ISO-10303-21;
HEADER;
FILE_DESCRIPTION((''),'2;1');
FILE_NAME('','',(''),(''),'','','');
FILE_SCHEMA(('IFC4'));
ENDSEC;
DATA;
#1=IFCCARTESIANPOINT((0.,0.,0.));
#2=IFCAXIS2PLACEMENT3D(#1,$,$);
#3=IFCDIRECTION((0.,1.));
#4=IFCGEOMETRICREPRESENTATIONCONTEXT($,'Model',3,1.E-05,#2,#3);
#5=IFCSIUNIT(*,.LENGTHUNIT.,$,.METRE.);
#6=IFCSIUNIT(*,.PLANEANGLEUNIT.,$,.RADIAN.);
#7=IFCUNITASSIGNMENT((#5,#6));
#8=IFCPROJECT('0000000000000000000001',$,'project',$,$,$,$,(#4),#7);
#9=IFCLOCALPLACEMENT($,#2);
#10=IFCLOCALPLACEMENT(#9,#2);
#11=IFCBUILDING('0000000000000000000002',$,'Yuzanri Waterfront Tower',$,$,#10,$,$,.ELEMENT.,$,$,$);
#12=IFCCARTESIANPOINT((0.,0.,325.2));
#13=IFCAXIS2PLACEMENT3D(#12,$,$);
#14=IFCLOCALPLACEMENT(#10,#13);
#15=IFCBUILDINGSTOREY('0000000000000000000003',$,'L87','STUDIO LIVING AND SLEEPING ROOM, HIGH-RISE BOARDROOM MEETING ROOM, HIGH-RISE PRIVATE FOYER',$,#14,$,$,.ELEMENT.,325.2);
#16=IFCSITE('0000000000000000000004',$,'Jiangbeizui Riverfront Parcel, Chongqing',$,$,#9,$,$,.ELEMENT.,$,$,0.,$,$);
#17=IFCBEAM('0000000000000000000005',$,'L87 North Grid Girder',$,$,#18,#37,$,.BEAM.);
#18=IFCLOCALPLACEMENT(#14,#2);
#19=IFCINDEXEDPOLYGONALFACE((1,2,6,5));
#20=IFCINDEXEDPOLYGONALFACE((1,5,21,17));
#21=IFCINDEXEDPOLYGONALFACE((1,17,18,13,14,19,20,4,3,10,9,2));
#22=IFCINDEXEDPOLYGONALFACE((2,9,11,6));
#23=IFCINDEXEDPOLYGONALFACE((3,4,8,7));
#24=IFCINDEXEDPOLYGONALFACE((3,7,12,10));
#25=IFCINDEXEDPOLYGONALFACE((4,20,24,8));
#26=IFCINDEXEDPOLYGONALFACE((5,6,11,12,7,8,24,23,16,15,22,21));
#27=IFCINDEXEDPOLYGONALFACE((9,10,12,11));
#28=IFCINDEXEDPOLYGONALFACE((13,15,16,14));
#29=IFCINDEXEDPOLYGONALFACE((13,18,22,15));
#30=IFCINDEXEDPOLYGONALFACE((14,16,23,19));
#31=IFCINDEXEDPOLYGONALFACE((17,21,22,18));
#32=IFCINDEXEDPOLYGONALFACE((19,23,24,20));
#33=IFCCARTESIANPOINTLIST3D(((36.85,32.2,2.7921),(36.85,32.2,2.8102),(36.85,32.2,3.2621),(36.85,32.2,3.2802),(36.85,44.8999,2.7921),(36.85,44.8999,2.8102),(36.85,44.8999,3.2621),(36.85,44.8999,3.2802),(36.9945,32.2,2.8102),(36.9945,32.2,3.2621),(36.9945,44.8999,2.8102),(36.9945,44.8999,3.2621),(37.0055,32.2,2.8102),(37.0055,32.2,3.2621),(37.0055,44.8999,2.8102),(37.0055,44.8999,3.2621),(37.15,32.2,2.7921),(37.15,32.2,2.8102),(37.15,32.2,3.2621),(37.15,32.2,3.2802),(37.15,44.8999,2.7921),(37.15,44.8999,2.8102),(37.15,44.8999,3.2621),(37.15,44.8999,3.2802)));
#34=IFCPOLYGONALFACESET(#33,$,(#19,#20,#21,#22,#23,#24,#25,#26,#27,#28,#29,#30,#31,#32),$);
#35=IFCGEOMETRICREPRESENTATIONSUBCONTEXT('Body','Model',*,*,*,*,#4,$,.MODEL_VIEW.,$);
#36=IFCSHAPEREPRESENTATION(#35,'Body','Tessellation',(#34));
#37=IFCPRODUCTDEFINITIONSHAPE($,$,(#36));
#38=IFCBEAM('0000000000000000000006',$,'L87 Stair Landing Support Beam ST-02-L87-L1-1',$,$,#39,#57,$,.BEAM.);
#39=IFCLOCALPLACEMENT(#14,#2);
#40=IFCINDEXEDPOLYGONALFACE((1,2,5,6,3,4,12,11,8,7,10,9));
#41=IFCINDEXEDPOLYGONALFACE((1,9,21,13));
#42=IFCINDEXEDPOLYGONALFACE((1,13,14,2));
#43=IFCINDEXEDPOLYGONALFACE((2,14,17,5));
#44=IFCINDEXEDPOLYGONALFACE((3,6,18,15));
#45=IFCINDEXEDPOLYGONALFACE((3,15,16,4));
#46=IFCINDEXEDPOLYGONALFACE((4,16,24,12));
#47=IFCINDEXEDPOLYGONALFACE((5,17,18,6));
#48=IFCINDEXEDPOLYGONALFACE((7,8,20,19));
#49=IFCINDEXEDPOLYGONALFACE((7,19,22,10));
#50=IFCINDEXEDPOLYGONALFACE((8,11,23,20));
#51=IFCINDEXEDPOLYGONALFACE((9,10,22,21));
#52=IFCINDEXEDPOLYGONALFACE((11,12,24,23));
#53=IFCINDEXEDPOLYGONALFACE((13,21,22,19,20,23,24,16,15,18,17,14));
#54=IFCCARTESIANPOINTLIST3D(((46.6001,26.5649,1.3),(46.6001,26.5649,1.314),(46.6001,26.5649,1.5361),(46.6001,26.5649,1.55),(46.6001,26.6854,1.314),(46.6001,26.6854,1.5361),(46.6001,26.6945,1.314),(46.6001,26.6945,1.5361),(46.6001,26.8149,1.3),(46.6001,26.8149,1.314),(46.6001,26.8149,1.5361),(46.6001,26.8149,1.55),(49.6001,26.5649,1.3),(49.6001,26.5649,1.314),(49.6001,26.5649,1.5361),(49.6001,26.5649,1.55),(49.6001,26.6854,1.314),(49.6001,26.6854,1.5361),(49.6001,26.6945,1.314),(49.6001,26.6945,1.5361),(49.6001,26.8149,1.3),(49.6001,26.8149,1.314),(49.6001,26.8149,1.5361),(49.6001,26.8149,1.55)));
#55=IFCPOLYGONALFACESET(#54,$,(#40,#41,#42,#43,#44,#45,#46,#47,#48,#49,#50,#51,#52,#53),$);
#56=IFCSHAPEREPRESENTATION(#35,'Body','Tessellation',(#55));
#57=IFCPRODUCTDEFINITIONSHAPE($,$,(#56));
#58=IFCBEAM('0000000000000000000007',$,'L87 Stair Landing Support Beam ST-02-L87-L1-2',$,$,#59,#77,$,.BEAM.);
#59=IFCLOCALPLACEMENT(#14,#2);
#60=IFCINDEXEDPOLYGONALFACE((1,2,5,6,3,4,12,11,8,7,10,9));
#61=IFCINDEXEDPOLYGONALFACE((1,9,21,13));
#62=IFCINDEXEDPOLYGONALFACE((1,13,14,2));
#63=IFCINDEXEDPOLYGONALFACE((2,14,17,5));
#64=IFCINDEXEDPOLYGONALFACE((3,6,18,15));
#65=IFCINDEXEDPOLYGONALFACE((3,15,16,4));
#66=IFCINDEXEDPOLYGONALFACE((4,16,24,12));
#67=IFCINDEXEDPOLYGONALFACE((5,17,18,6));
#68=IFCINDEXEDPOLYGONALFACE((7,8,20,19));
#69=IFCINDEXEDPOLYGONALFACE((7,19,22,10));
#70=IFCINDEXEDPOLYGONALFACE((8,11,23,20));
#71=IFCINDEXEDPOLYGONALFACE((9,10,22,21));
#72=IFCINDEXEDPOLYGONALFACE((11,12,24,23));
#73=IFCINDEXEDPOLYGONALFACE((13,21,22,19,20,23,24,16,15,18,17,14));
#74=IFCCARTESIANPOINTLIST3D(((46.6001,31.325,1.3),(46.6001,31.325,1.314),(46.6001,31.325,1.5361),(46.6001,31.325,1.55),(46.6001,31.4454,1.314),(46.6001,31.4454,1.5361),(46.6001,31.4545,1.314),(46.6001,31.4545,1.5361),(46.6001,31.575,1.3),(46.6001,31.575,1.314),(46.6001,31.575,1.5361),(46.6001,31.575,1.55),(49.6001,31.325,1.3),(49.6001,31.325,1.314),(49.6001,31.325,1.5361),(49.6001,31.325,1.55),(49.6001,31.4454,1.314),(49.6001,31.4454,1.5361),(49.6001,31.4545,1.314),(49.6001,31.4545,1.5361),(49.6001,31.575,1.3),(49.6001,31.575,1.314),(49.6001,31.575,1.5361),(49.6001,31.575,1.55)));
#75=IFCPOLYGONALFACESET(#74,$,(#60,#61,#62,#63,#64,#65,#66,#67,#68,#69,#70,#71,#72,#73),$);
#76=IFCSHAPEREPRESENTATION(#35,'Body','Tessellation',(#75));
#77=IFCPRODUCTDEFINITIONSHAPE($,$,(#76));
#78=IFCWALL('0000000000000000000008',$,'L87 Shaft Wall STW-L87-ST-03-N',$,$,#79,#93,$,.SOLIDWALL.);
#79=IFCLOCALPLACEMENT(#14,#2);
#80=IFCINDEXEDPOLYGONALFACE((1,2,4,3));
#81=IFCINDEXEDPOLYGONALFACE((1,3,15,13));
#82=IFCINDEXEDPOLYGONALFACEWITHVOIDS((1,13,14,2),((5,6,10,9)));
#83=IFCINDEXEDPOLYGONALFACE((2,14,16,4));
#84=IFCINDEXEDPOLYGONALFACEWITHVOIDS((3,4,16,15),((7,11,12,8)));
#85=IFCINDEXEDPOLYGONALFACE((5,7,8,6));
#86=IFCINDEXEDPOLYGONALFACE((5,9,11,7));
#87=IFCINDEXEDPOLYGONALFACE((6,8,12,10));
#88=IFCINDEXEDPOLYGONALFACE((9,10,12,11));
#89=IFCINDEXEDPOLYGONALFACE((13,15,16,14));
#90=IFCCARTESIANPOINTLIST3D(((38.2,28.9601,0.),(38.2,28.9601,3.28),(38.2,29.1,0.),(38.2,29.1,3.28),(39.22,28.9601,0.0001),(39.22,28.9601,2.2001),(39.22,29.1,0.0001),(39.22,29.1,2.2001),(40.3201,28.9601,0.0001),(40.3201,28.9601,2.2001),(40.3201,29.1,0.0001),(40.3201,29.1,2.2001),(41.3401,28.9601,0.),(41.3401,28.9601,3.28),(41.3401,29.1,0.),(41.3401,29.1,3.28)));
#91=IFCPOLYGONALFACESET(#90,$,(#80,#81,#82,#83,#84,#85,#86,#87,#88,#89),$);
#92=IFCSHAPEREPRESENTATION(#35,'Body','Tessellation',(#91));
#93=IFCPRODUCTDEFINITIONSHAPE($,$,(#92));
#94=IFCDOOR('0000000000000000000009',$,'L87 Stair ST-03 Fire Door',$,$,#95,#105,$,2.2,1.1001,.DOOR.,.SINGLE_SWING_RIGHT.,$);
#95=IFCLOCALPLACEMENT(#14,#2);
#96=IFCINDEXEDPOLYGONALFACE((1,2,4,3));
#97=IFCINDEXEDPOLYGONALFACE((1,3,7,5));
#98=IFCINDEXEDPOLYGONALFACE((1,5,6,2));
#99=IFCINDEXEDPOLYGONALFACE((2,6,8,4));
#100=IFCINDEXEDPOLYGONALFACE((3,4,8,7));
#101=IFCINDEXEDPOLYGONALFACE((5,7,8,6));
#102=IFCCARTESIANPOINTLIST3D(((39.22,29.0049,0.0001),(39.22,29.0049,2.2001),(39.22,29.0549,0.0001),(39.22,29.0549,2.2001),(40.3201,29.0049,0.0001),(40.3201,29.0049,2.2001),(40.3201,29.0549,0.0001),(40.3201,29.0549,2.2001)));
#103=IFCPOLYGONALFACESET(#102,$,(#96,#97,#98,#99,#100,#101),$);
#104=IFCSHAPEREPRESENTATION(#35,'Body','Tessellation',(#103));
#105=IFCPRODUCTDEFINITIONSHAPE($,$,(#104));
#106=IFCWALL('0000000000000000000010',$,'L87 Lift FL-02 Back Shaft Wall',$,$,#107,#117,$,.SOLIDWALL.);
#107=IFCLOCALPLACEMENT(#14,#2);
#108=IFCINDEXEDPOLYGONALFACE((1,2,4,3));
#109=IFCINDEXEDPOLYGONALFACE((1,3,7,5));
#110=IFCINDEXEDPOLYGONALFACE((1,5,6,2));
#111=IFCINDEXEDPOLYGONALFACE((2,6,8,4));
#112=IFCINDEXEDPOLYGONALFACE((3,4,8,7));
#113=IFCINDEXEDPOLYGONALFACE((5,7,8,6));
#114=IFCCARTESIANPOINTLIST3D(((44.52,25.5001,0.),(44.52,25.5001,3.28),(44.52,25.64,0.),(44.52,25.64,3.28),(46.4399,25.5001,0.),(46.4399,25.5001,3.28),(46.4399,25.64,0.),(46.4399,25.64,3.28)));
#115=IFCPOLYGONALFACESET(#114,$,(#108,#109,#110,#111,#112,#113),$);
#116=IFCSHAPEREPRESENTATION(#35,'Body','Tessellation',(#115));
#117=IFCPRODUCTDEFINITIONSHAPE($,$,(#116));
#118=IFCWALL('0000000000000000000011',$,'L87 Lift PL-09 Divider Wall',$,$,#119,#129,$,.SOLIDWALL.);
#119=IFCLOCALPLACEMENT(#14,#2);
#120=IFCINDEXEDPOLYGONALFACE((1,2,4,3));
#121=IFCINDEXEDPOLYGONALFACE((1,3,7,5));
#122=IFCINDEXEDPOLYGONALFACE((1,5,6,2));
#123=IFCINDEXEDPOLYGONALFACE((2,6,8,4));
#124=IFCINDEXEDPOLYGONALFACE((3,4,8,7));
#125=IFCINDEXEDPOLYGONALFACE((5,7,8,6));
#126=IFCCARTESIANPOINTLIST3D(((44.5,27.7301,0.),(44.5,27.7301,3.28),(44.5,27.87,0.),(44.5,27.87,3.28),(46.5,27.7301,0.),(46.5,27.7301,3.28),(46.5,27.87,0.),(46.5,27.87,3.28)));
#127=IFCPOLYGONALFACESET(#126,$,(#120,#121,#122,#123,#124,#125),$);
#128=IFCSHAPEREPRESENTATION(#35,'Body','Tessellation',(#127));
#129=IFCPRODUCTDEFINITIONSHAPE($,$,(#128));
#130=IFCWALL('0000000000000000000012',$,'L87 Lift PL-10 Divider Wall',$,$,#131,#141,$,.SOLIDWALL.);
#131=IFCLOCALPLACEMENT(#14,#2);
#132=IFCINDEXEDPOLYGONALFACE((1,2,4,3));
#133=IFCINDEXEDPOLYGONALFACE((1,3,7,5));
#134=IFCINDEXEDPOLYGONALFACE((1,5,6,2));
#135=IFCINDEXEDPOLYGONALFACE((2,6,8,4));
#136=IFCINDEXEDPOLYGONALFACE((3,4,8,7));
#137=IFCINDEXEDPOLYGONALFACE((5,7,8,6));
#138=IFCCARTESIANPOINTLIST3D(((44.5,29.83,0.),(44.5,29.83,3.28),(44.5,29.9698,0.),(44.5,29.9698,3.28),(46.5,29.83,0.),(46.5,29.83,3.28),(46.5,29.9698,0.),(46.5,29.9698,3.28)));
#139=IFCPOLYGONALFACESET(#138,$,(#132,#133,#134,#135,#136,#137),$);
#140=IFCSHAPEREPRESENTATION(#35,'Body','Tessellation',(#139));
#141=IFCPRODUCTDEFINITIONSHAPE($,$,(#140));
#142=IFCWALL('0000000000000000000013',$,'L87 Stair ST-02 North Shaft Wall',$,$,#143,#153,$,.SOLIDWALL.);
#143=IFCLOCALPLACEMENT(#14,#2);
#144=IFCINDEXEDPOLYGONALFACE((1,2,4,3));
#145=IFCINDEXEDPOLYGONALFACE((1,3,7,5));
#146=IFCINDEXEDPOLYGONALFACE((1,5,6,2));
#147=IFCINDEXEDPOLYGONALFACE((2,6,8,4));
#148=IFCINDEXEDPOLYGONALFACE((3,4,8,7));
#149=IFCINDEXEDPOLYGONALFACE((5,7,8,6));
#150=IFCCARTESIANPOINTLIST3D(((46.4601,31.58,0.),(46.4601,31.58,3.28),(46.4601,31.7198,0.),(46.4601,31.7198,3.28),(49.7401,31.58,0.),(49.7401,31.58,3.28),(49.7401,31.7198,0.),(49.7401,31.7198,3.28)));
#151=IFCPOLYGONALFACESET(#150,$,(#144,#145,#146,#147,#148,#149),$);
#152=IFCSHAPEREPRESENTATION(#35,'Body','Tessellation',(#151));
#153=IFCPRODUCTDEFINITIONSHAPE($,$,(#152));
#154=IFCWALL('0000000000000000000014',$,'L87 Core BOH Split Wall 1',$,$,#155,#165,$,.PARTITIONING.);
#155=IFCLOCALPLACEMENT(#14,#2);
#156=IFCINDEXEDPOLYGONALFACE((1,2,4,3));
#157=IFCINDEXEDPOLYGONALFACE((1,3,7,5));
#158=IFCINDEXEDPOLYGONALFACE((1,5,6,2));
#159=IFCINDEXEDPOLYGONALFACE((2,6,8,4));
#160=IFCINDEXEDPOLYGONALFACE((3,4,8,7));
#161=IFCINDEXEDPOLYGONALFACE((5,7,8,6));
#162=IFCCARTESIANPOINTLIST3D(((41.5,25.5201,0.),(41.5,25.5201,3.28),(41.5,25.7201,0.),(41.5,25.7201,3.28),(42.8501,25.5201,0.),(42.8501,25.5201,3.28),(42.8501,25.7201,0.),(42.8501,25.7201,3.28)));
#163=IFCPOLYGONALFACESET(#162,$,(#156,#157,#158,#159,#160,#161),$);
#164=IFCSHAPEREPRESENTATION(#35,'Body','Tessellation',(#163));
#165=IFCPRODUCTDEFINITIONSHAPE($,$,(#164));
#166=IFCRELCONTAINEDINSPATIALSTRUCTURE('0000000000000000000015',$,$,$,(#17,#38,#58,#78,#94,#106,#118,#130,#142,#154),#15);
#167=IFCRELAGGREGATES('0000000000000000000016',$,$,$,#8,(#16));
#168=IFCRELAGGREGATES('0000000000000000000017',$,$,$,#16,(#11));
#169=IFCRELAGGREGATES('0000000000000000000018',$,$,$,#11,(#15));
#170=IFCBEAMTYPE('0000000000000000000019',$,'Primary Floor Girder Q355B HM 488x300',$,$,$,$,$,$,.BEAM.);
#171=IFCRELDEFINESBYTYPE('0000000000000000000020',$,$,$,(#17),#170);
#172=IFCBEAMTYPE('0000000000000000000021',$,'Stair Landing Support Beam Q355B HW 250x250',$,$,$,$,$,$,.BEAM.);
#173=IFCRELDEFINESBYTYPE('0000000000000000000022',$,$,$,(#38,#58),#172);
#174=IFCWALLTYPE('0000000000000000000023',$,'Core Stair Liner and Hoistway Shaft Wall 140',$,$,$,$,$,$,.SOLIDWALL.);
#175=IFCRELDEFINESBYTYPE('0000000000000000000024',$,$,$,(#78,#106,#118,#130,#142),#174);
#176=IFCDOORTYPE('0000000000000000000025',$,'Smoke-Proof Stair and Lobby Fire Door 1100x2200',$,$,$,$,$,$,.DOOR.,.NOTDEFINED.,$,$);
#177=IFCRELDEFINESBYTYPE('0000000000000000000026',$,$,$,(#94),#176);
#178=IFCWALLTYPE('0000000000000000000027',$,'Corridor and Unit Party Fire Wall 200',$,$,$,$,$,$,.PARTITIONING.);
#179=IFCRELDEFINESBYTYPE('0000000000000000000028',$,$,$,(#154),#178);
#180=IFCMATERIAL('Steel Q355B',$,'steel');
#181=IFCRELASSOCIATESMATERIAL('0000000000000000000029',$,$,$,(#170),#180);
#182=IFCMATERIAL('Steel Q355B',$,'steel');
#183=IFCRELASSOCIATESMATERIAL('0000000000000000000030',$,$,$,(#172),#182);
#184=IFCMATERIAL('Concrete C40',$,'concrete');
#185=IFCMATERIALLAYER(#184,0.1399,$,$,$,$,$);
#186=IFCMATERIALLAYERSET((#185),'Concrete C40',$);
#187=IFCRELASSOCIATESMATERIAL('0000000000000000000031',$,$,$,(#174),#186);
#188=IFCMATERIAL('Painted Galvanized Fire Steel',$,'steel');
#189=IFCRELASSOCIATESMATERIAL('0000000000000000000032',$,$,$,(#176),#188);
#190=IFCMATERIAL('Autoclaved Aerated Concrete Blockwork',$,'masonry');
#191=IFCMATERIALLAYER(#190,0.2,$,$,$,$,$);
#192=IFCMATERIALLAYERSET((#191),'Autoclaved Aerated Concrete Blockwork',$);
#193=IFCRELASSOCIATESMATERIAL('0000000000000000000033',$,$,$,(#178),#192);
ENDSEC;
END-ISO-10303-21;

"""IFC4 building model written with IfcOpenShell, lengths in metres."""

from ifc_helpers import new_model, si_unit, direction, frame, frame_2d, origin, origin_2d, place, context, subcontext, project, spatial, rectangle, i_section, extrude, source, transform, mapped, material, layer, layer_set, material_profile, profile_set, type_object, element, fill, save


model = new_model("IFC4")

# Units and contexts
model_context = context("Model", 3, precision=1e-05, world=origin(), true_north=direction((0.0, 1.0)))
body_context = subcontext(model_context, "Body", "Model", "MODEL_VIEW")
ifc_project = project(units=[si_unit("LENGTHUNIT", "METRE"), si_unit("PLANEANGLEUNIT", "RADIAN")], contexts=[model_context])

# Site, building, storey
site_placement = place(None, origin())
site = spatial("IfcSite", under=ifc_project, at=site_placement, Name="Jiangbeizui Riverfront Parcel, Chongqing", CompositionType="ELEMENT", RefElevation=0.0)
building_placement = place(site_placement, origin())
building = spatial("IfcBuilding", under=site, at=building_placement, Name="Yuzanri Waterfront Tower", CompositionType="ELEMENT")
storey_placement = place(building_placement, frame((0.0, 0.0, 325.2)))
storey = spatial("IfcBuildingStorey", under=building, at=storey_placement, Name="L87", Description="STUDIO LIVING AND SLEEPING ROOM, HIGH-RISE BOARDROOM MEETING ROOM, HIGH-RISE PRIVATE FOYER", CompositionType="ELEMENT", Elevation=325.2)

# Beams
ifc_material_1 = material(Name="Steel Q355B", Category="steel")
ifc_material_profile_1 = material_profile(ifc_material_1, i_section(OverallWidth=0.3, OverallDepth=0.488, WebThickness=0.011, FlangeThickness=0.0181, at=origin_2d()), Name="HM 488x300x11x18")
ifc_profile_set_1 = profile_set([ifc_material_profile_1], Name="Steel Q355B")
beam_type_1 = type_object("IfcBeamType", Name="Primary Floor Girder Q355B HM 488x300", PredefinedType="BEAM", material=ifc_profile_set_1)
shared_shape_1 = source(origin(), body_context, "Body", "SweptSolid", [
    extrude(i_section(OverallWidth=0.3, OverallDepth=0.488, WebThickness=0.011, FlangeThickness=0.0181, at=origin_2d()), origin(), (0.0, 0.0, 1.0), 12.7),
])
beam_placement = place(storey_placement, frame((37.0, 32.2, 3.0361), z_axis=(0.0, 1.0, 0.0), x_axis=(-1.0, 0.0, 0.0)))
element("IfcBeam", 1, at=beam_placement, inside=storey, type_object=beam_type_1, Name="L87 North Grid Girder", PredefinedType="BEAM", context=body_context, shape_type="MappedRepresentation", body=[
    mapped(shared_shape_1, transform((0.0, 0.0, 0.0), scale=1.0)),
])
ifc_material_2 = material(Name="Steel Q355B", Category="steel")
ifc_material_profile_2 = material_profile(ifc_material_2, i_section(OverallWidth=0.25, OverallDepth=0.25, WebThickness=0.009, FlangeThickness=0.0139, at=origin_2d()), Name="HW 250x250x9x14")
ifc_profile_set_2 = profile_set([ifc_material_profile_2], Name="Steel Q355B")
beam_type_2 = type_object("IfcBeamType", Name="Stair Landing Support Beam Q355B HW 250x250", PredefinedType="BEAM", material=ifc_profile_set_2)
shared_shape_2 = source(origin(), body_context, "Body", "SweptSolid", [
    extrude(i_section(OverallWidth=0.25, OverallDepth=0.25, WebThickness=0.009, FlangeThickness=0.0139, at=origin_2d()), origin(), (0.0, 0.0, 1.0), 3.0),
])
for number, where, z_axis, x_axis, name in (
    (2, (46.6001, 26.6899, 1.425), (1.0, 0.0, 0.0), (0.0, 1.0, 0.0), "L87 Stair Landing Support Beam ST-02-L87-L1-1"),
    (3, (46.6001, 31.45, 1.425), (1.0, 0.0, 0.0), (0.0, 1.0, 0.0), "L87 Stair Landing Support Beam ST-02-L87-L1-2"),
):
    element("IfcBeam", number, at=place(storey_placement, frame(where, z_axis=z_axis, x_axis=x_axis)), inside=storey, type_object=beam_type_2, Name=name, PredefinedType="BEAM", context=body_context, shape_type="MappedRepresentation", body=[
        mapped(shared_shape_2, transform((0.0, 0.0, 0.0), scale=1.0)),
    ])

# Wall, opening, door
ifc_material_3 = material(Name="Concrete C40", Category="concrete")
ifc_layer_1 = layer(ifc_material_3, 0.1399)
ifc_layer_set_1 = layer_set([ifc_layer_1], Name="Concrete C40")
wall_type_1 = type_object("IfcWallType", Name="Core Stair Liner and Hoistway Shaft Wall 140", PredefinedType="SOLIDWALL", material=ifc_layer_set_1)
wall_1_placement = place(storey_placement, frame((38.2, 29.03, 0.0), z_axis=(0.0, 0.0, 1.0), x_axis=(1.0, 0.0, 0.0)))
wall_1 = element("IfcWall", 4, at=wall_1_placement, inside=storey, type_object=wall_type_1, Name="L87 Shaft Wall STW-L87-ST-03-N", PredefinedType="SOLIDWALL", context=body_context, shape_type="SweptSolid", body=[
    extrude(rectangle(XDim=3.1401, YDim=0.1399, at=frame_2d((1.5701, 0.0))), origin(), (0.0, 0.0, 1.0), 3.28),
])
opening_placement = place(wall_1_placement, frame((1.02, 0.0, 0.0)))
opening = element("IfcOpeningElement", 5, at=opening_placement, cuts=wall_1, PredefinedType="OPENING", context=body_context, shape_type="SweptSolid", body=[
    extrude(rectangle(XDim=1.1001, YDim=2.2, at=frame_2d((0.55, 1.1001))), frame((0.0, 0.085, 0.0), z_axis=(0.0, -1.0, 0.0), x_axis=(1.0, 0.0, 0.0)), (0.0, 0.0, 1.0), 0.1697),
])
ifc_material_4 = material(Name="Painted Galvanized Fire Steel", Category="steel")
door_type = type_object("IfcDoorType", Name="Smoke-Proof Stair and Lobby Fire Door 1100x2200", OperationType="NOTDEFINED", PredefinedType="DOOR", material=ifc_material_4)
shared_shape_3 = source(origin(), body_context, "Body", "SweptSolid", [
    extrude(rectangle(XDim=1.1001, YDim=2.2, at=frame_2d((0.55, 1.1001))), frame((0.0, 0.0249, 0.0), z_axis=(0.0, -1.0, 0.0), x_axis=(1.0, 0.0, 0.0)), (0.0, 0.0, 1.0), 0.05),
])
door_placement = place(opening_placement, origin())
door = element("IfcDoor", 6, at=door_placement, inside=storey, type_object=door_type, Name="L87 Stair ST-03 Fire Door", OperationType="SINGLE_SWING_RIGHT", OverallHeight=2.2, OverallWidth=1.1001, PredefinedType="DOOR", context=body_context, shape_type="MappedRepresentation", body=[
    mapped(shared_shape_3, transform((0.0, 0.0, 0.0), scale=1.0)),
])
fill(opening, door)

# Walls
shared_shape_4 = source(origin(), body_context, "Body", "SweptSolid", [
    extrude(rectangle(XDim=1.9199, YDim=0.1399, at=frame_2d((0.96, 0.0))), origin(), (0.0, 0.0, 1.0), 3.28),
])
wall_2_placement = place(storey_placement, frame((44.52, 25.5701, 0.0), z_axis=(0.0, 0.0, 1.0), x_axis=(1.0, 0.0, 0.0)))
element("IfcWall", 7, at=wall_2_placement, inside=storey, type_object=wall_type_1, Name="L87 Lift FL-02 Back Shaft Wall", PredefinedType="SOLIDWALL", context=body_context, shape_type="MappedRepresentation", body=[
    mapped(shared_shape_4, transform((0.0, 0.0, 0.0), scale=1.0)),
])
shared_shape_5 = source(origin(), body_context, "Body", "SweptSolid", [
    extrude(rectangle(XDim=2.0, YDim=0.1399, at=frame_2d((1.0, 0.0))), origin(), (0.0, 0.0, 1.0), 3.28),
])
for number, where, z_axis, x_axis, name in (
    (8, (44.5, 27.8, 0.0), (0.0, 0.0, 1.0), (1.0, 0.0, 0.0), "L87 Lift PL-09 Divider Wall"),
    (9, (44.5, 29.8999, 0.0), (0.0, 0.0, 1.0), (1.0, 0.0, 0.0), "L87 Lift PL-10 Divider Wall"),
):
    element("IfcWall", number, at=place(storey_placement, frame(where, z_axis=z_axis, x_axis=x_axis)), inside=storey, type_object=wall_type_1, Name=name, PredefinedType="SOLIDWALL", context=body_context, shape_type="MappedRepresentation", body=[
        mapped(shared_shape_5, transform((0.0, 0.0, 0.0), scale=1.0)),
    ])
shared_shape_6 = source(origin(), body_context, "Body", "SweptSolid", [
    extrude(rectangle(XDim=3.28, YDim=0.1399, at=frame_2d((1.6401, 0.0))), origin(), (0.0, 0.0, 1.0), 3.28),
])
wall_3_placement = place(storey_placement, frame((46.46, 31.6499, 0.0), z_axis=(0.0, 0.0, 1.0), x_axis=(1.0, 0.0, 0.0)))
element("IfcWall", 10, at=wall_3_placement, inside=storey, type_object=wall_type_1, Name="L87 Stair ST-02 North Shaft Wall", PredefinedType="SOLIDWALL", context=body_context, shape_type="MappedRepresentation", body=[
    mapped(shared_shape_6, transform((0.0, 0.0, 0.0), scale=1.0)),
])
ifc_material_5 = material(Name="Autoclaved Aerated Concrete Blockwork", Category="masonry")
ifc_layer_2 = layer(ifc_material_5, 0.2)
ifc_layer_set_2 = layer_set([ifc_layer_2], Name="Autoclaved Aerated Concrete Blockwork")
wall_type_2 = type_object("IfcWallType", Name="Corridor and Unit Party Fire Wall 200", PredefinedType="PARTITIONING", material=ifc_layer_set_2)
shared_shape_7 = source(origin(), body_context, "Body", "SweptSolid", [
    extrude(rectangle(XDim=1.3501, YDim=0.2, at=frame_2d((0.675, 0.0))), origin(), (0.0, 0.0, 1.0), 3.28),
])
wall_4_placement = place(storey_placement, frame((41.5, 25.6201, 0.0), z_axis=(0.0, 0.0, 1.0), x_axis=(1.0, 0.0, 0.0)))
element("IfcWall", 11, at=wall_4_placement, inside=storey, type_object=wall_type_2, Name="L87 Core BOH Split Wall 1", PredefinedType="PARTITIONING", context=body_context, shape_type="MappedRepresentation", body=[
    mapped(shared_shape_7, transform((0.0, 0.0, 0.0), scale=1.0)),
])

save(model, "model.ifc")
